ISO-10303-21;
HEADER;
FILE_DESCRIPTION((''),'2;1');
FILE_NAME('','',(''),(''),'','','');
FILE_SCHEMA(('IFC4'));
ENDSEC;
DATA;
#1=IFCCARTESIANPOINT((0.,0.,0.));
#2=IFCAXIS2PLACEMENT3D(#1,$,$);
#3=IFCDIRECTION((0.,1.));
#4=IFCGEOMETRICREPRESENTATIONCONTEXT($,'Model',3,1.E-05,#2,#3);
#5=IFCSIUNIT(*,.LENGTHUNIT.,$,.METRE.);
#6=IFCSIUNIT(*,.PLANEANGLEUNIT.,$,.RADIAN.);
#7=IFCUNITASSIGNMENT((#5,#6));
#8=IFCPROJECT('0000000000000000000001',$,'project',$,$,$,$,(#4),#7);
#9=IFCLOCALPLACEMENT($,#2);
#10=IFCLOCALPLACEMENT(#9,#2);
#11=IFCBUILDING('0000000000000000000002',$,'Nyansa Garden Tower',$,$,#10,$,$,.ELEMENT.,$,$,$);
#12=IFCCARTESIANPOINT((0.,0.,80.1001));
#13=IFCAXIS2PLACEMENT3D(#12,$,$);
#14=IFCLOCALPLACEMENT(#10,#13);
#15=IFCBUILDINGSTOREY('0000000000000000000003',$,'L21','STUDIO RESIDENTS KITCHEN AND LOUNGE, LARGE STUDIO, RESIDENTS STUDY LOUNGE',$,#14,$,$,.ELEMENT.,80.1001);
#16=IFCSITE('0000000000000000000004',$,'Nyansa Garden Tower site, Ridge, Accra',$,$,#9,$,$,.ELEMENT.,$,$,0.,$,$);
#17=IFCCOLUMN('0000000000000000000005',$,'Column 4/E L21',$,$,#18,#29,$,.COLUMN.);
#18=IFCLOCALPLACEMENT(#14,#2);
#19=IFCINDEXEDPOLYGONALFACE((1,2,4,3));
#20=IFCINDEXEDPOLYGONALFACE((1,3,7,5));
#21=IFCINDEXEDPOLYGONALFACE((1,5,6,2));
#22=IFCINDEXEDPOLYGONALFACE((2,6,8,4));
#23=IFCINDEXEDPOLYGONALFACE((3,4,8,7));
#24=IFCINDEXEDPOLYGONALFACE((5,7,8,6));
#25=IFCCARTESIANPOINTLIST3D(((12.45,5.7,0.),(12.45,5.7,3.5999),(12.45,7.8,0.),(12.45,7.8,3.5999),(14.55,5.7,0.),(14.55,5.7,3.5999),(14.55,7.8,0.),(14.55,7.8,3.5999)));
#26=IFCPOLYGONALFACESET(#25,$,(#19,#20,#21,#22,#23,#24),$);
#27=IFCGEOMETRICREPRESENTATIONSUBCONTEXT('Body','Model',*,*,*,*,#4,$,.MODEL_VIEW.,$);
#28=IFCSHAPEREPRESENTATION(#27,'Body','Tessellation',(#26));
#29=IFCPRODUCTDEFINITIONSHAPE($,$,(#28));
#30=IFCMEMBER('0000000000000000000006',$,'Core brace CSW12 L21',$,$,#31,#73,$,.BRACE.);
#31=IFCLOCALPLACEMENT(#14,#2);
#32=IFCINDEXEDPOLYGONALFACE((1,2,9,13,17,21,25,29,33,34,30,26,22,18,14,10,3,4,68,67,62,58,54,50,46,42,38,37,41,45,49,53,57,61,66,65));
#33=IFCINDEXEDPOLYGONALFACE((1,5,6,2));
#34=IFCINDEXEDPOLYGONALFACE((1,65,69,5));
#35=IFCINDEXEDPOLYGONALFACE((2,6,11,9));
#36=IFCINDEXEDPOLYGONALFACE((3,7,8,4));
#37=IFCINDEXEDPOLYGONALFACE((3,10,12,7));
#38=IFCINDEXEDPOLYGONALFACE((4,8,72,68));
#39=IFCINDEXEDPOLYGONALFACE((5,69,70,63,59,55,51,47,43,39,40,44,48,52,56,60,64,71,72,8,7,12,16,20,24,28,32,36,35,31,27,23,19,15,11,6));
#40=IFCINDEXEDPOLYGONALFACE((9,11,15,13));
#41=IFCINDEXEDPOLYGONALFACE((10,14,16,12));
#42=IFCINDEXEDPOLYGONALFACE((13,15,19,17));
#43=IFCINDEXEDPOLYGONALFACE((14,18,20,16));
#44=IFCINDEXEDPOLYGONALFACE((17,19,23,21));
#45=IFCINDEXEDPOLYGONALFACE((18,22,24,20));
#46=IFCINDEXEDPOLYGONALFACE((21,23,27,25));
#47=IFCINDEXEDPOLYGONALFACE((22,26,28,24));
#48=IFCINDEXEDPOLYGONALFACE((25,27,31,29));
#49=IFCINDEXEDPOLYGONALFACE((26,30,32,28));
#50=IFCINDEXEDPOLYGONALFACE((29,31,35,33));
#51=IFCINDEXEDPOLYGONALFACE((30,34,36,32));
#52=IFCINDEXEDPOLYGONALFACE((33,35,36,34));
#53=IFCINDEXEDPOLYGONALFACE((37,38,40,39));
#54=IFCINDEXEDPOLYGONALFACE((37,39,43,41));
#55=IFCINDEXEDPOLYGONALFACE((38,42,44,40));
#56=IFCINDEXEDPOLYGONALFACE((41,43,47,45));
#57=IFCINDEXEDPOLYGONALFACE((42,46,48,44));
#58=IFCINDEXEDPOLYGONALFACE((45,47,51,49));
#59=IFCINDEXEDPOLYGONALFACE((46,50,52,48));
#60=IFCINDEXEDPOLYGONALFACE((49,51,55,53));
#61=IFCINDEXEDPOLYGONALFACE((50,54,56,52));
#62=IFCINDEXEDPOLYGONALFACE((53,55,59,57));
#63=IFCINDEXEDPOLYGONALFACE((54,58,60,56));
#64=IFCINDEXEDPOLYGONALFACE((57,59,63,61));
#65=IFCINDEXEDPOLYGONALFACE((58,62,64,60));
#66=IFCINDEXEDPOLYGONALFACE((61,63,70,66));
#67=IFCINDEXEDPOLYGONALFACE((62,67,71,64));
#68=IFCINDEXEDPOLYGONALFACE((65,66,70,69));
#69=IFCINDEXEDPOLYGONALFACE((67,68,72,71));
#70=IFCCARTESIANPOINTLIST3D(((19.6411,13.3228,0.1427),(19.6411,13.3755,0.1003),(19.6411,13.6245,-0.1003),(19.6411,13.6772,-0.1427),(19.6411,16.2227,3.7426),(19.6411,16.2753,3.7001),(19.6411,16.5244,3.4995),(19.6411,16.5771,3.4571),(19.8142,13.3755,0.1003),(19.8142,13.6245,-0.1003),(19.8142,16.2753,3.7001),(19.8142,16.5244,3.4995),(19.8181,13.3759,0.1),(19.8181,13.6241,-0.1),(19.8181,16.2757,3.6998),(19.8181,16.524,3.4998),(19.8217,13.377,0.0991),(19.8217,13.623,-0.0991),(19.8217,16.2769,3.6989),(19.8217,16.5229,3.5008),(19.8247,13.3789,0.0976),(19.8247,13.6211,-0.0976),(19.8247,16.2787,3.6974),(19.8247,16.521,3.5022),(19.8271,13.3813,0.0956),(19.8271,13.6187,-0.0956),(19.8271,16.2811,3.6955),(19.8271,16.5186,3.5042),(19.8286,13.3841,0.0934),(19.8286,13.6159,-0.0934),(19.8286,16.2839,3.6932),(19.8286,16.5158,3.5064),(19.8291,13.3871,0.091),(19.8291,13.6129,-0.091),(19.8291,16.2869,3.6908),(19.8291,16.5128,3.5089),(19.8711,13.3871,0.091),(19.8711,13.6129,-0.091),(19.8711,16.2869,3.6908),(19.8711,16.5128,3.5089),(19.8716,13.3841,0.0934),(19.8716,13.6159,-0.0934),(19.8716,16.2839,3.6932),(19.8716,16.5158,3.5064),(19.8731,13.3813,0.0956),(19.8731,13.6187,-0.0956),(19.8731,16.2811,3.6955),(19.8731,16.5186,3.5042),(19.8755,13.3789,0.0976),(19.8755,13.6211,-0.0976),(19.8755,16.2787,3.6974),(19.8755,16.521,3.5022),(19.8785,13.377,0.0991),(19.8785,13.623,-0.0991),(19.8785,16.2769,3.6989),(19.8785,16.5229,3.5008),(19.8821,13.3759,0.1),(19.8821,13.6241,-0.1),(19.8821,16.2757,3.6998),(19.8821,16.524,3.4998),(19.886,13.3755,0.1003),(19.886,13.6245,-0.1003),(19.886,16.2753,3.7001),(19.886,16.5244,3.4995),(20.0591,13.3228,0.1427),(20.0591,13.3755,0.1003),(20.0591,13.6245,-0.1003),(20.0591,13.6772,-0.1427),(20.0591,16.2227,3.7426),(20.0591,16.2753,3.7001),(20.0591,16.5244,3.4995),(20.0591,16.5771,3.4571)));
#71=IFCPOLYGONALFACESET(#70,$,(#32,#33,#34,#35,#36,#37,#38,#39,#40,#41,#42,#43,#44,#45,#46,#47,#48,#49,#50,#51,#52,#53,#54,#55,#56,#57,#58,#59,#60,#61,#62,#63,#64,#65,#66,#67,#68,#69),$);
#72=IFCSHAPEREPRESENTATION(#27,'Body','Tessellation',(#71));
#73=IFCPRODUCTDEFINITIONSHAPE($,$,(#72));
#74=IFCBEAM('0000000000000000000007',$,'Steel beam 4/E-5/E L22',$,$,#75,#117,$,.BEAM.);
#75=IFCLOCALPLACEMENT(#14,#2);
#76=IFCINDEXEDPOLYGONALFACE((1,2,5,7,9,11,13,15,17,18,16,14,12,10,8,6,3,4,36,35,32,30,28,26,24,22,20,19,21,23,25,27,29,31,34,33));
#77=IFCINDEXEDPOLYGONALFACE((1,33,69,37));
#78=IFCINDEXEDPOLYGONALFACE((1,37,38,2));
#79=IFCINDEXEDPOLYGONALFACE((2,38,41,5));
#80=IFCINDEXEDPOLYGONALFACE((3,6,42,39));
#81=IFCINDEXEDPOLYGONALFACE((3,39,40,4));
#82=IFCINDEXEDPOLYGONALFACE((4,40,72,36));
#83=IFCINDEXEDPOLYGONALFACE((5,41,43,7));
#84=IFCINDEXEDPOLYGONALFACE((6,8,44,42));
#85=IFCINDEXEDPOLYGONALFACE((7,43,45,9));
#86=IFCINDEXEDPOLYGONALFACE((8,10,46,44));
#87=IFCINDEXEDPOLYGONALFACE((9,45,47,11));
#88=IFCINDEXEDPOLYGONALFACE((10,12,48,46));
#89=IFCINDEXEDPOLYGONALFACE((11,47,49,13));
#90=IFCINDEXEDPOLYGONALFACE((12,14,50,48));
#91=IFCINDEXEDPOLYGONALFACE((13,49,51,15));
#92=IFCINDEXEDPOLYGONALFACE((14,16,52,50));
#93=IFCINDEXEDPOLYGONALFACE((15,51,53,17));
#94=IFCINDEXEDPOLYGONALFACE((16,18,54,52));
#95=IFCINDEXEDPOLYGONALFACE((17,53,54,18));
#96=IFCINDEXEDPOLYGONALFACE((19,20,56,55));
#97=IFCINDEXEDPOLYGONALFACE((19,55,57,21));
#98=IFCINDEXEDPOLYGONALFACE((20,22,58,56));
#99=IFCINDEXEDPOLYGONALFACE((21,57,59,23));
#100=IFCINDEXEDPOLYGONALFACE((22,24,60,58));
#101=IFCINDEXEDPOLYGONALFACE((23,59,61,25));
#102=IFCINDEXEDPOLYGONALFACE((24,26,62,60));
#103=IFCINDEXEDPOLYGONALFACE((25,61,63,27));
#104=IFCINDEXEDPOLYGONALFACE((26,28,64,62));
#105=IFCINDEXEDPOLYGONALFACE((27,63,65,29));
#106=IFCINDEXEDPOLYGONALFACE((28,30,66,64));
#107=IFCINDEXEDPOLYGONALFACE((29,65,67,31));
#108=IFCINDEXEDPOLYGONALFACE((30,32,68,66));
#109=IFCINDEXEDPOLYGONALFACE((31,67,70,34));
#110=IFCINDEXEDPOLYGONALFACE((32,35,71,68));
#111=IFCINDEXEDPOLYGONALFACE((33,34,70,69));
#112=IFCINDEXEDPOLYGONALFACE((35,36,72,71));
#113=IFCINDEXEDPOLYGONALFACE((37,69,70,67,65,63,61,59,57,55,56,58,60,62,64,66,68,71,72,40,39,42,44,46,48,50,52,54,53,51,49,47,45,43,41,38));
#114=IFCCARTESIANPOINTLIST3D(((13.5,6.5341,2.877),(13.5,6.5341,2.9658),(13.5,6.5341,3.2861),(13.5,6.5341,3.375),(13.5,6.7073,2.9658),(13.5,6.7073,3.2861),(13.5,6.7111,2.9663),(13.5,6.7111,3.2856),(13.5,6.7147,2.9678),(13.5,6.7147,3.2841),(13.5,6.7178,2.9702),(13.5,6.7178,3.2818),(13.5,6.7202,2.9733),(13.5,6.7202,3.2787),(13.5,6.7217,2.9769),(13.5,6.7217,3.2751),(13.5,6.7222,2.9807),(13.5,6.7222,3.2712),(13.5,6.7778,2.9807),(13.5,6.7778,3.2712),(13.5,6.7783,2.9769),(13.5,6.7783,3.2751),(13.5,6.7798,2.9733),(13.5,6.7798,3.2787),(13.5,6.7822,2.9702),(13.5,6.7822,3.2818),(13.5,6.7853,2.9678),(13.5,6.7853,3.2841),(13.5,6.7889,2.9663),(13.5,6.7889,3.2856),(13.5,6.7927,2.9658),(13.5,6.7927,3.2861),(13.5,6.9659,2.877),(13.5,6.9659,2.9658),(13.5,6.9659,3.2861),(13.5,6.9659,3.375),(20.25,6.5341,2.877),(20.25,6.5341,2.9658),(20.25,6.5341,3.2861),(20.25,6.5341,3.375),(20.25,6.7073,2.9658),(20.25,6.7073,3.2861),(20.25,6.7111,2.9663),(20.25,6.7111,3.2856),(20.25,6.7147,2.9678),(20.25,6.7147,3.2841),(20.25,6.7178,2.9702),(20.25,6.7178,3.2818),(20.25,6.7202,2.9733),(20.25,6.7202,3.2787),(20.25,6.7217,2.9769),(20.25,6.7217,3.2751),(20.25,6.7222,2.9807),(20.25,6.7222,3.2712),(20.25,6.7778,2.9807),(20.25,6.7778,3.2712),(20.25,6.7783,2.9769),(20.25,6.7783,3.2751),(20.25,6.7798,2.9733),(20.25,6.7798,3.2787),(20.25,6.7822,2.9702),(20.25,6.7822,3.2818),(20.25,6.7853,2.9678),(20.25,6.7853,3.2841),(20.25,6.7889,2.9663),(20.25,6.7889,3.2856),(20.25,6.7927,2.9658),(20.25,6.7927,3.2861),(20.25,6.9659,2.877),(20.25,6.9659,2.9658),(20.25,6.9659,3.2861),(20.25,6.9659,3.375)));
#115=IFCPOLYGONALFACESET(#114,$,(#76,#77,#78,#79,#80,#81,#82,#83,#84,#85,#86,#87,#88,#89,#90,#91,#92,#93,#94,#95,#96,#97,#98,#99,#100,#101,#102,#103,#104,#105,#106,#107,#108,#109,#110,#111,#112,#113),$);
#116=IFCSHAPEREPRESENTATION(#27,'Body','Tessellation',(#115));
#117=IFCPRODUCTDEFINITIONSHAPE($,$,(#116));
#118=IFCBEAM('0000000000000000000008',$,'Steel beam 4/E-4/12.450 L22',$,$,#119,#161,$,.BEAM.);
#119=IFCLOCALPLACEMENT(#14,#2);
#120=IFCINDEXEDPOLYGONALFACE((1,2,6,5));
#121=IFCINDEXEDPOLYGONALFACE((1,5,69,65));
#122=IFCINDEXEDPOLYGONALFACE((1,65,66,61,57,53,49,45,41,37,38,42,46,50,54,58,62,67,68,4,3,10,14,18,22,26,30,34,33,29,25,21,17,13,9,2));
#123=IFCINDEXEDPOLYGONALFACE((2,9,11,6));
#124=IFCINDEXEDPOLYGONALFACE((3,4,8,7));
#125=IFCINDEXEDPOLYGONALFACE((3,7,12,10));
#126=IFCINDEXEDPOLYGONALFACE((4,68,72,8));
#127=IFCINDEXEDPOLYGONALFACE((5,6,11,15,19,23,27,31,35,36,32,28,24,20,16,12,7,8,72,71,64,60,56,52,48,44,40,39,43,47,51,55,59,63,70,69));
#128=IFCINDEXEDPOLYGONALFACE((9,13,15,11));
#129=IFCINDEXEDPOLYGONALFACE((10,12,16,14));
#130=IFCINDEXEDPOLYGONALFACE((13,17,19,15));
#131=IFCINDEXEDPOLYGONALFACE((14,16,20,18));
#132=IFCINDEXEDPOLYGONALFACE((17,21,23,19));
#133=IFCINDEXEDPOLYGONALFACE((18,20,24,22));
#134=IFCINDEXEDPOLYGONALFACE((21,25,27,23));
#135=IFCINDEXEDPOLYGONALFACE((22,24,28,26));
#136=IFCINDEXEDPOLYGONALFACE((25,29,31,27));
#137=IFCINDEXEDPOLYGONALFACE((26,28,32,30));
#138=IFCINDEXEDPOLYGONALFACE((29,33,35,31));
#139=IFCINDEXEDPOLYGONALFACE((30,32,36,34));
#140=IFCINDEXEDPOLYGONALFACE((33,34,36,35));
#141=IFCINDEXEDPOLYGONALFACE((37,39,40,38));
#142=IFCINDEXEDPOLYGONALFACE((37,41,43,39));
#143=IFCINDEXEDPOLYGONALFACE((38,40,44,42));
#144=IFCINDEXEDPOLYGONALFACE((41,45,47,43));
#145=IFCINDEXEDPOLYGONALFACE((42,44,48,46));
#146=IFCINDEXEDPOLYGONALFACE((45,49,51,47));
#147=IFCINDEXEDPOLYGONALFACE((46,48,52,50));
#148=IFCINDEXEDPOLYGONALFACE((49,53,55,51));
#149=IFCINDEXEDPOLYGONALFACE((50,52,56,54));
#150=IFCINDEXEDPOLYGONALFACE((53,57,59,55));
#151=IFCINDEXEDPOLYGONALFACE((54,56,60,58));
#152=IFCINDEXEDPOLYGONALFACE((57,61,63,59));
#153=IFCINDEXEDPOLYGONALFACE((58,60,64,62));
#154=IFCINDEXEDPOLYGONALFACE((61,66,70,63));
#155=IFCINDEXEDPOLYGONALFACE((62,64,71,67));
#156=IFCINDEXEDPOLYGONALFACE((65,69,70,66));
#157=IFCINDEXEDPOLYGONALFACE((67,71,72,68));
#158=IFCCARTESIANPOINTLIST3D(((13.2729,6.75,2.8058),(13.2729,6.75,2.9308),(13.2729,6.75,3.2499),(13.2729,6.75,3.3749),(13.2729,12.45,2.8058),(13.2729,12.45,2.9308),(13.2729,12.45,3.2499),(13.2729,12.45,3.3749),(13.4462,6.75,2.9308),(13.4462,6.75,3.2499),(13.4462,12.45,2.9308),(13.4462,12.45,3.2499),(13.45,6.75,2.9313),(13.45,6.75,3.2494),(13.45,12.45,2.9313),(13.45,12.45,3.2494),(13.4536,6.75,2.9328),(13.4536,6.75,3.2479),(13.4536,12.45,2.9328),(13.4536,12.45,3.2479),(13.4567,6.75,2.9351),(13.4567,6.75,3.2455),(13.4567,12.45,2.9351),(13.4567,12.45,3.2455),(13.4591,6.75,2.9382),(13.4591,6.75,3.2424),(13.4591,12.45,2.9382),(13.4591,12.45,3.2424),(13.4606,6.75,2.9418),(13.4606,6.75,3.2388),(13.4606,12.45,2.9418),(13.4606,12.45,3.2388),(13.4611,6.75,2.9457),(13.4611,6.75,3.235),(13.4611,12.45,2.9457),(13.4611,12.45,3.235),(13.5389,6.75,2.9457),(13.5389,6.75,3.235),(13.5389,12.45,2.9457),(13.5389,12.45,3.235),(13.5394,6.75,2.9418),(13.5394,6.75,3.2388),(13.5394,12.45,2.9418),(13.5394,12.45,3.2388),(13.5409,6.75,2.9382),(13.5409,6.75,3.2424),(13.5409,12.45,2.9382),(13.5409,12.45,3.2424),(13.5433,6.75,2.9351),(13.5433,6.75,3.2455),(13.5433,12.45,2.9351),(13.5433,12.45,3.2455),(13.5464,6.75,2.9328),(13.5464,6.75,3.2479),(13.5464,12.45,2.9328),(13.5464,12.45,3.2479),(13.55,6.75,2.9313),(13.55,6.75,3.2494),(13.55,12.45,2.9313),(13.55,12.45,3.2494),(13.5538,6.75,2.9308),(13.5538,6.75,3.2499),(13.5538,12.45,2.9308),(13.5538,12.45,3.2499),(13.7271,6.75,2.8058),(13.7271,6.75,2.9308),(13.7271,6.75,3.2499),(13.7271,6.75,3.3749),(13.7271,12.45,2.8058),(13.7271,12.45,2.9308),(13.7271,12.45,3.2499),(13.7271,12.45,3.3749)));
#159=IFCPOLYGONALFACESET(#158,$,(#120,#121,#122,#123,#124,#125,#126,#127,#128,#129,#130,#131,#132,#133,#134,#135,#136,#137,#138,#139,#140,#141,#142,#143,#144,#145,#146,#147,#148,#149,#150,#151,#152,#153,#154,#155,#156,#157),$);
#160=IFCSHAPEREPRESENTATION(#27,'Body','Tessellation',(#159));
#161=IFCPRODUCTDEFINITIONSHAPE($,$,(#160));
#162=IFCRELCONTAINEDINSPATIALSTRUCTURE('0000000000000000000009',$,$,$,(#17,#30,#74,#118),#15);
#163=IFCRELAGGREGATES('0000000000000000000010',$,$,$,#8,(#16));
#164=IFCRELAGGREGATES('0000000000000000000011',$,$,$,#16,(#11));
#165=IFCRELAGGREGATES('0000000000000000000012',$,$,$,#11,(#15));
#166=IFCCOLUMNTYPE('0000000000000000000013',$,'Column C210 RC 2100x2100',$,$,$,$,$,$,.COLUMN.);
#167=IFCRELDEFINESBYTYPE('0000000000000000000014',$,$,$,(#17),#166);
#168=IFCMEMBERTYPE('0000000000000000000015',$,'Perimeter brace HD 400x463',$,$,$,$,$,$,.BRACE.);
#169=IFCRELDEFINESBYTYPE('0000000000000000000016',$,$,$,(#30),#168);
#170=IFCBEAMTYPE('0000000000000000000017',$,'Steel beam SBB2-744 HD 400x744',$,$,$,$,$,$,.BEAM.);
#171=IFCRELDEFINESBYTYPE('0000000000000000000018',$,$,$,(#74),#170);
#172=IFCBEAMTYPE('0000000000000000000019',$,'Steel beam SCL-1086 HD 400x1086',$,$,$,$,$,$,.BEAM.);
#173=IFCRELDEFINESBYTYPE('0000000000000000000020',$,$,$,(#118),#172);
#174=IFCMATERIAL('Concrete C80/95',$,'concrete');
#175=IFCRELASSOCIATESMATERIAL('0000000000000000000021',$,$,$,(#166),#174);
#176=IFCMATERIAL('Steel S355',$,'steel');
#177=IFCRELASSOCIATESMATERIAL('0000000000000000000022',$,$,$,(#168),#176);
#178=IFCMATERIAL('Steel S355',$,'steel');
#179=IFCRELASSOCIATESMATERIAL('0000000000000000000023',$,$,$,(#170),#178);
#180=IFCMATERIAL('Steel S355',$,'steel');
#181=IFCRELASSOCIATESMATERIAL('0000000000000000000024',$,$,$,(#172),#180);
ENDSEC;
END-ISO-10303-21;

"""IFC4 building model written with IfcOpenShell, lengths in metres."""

from ifc_helpers import new_model, si_unit, direction, frame, origin, origin_2d, place, context, subcontext, project, spatial, rectangle, i_section, extrude, material, material_profile, profile_set, type_object, element, save


model = new_model("IFC4")

# Units and contexts
model_context = context("Model", 3, precision=1e-05, world=origin(), true_north=direction((0.0, 1.0)))
body_context = subcontext(model_context, "Body", "Model", "MODEL_VIEW")
ifc_project = project(units=[si_unit("LENGTHUNIT", "METRE"), si_unit("PLANEANGLEUNIT", "RADIAN")], contexts=[model_context])

# Site, building, storey
site_placement = place(None, origin())
site = spatial("IfcSite", under=ifc_project, at=site_placement, Name="Nyansa Garden Tower site, Ridge, Accra", CompositionType="ELEMENT", RefElevation=0.0)
building_placement = place(site_placement, origin())
building = spatial("IfcBuilding", under=site, at=building_placement, Name="Nyansa Garden Tower", CompositionType="ELEMENT")
storey_placement = place(building_placement, frame((0.0, 0.0, 80.1001)))
storey = spatial("IfcBuildingStorey", under=building, at=storey_placement, Name="L21", Description="STUDIO RESIDENTS KITCHEN AND LOUNGE, LARGE STUDIO, RESIDENTS STUDY LOUNGE", CompositionType="ELEMENT", Elevation=80.1001)

# Column
ifc_material_1 = material(Name="Concrete C80/95", Category="concrete")
ifc_material_profile_1 = material_profile(ifc_material_1, rectangle(XDim=2.1001, YDim=2.1001, at=origin_2d()), Name="RC 2100x2100")
ifc_profile_set_1 = profile_set([ifc_material_profile_1], Name="Concrete C80/95")
column_type = type_object("IfcColumnType", Name="Column C210 RC 2100x2100", PredefinedType="COLUMN", material=ifc_profile_set_1)
column_placement = place(storey_placement, frame((13.5, 6.75, 0.0), z_axis=(0.0, 0.0, 1.0), x_axis=(1.0, 0.0, 0.0)))
element("IfcColumn", 1, at=column_placement, inside=storey, type_object=column_type, Name="Column 4/E L21", PredefinedType="COLUMN", context=body_context, shape_type="SweptSolid", body=[
    extrude(rectangle(XDim=2.1001, YDim=2.1001, at=origin_2d()), origin(), (0.0, 0.0, 1.0), 3.5999),
])

# Member
ifc_material_2 = material(Name="Steel S355", Category="steel")
ifc_material_profile_2 = material_profile(ifc_material_2, i_section(OverallWidth=0.418, OverallDepth=0.4551, WebThickness=0.042, FlangeThickness=0.0676, FilletRadius=0.0149, at=origin_2d()), Name="HD 400x463")
ifc_profile_set_2 = profile_set([ifc_material_profile_2], Name="Steel S355")
member_type = type_object("IfcMemberType", Name="Perimeter brace HD 400x463", PredefinedType="BRACE", material=ifc_profile_set_2)
member_placement = place(storey_placement, frame((19.8501, 13.5, 0.0), z_axis=(0.0, 0.627332, 0.778752), x_axis=(-1.0, 0.0, 0.0)))
element("IfcMember", 2, at=member_placement, inside=storey, type_object=member_type, Name="Core brace CSW12 L21", PredefinedType="BRACE", context=body_context, shape_type="SweptSolid", body=[
    extrude(i_section(OverallWidth=0.418, OverallDepth=0.4551, WebThickness=0.042, FlangeThickness=0.0676, FilletRadius=0.0149, at=origin_2d()), origin(), (0.0, 0.0, 1.0), 4.6226),
])

# Beams
ifc_material_3 = material(Name="Steel S355", Category="steel")
ifc_material_profile_3 = material_profile(ifc_material_3, i_section(OverallWidth=0.4319, OverallDepth=0.498, WebThickness=0.0557, FlangeThickness=0.0889, FilletRadius=0.0149, at=origin_2d()), Name="HD 400x744")
ifc_profile_set_3 = profile_set([ifc_material_profile_3], Name="Steel S355")
beam_type_1 = type_object("IfcBeamType", Name="Steel beam SBB2-744 HD 400x744", PredefinedType="BEAM", material=ifc_profile_set_3)
beam_1_placement = place(storey_placement, frame((13.5, 6.75, 3.126), z_axis=(1.0, 0.0, 0.0), x_axis=(0.0, 1.0, 0.0)))
element("IfcBeam", 3, at=beam_1_placement, inside=storey, type_object=beam_type_1, Name="Steel beam 4/E-5/E L22", PredefinedType="BEAM", context=body_context, shape_type="SweptSolid", body=[
    extrude(i_section(OverallWidth=0.4319, OverallDepth=0.498, WebThickness=0.0557, FlangeThickness=0.0889, FilletRadius=0.0149, at=origin_2d()), origin(), (0.0, 0.0, 1.0), 6.75),
])
ifc_material_4 = material(Name="Steel S355", Category="steel")
ifc_material_profile_4 = material_profile(ifc_material_4, i_section(OverallWidth=0.4541, OverallDepth=0.5691, WebThickness=0.0779, FlangeThickness=0.125, FilletRadius=0.0149, at=origin_2d()), Name="HD 400x1086")
ifc_profile_set_4 = profile_set([ifc_material_profile_4], Name="Steel S355")
beam_type_2 = type_object("IfcBeamType", Name="Steel beam SCL-1086 HD 400x1086", PredefinedType="BEAM", material=ifc_profile_set_4)
beam_2_placement = place(storey_placement, frame((13.5, 6.75, 3.0903), z_axis=(0.0, 1.0, 0.0), x_axis=(-1.0, 0.0, 0.0)))
element("IfcBeam", 4, at=beam_2_placement, inside=storey, type_object=beam_type_2, Name="Steel beam 4/E-4/12.450 L22", PredefinedType="BEAM", context=body_context, shape_type="SweptSolid", body=[
    extrude(i_section(OverallWidth=0.4541, OverallDepth=0.5691, WebThickness=0.0779, FlangeThickness=0.125, FilletRadius=0.0149, at=origin_2d()), origin(), (0.0, 0.0, 1.0), 5.7),
])

save(model, "model.ifc")
